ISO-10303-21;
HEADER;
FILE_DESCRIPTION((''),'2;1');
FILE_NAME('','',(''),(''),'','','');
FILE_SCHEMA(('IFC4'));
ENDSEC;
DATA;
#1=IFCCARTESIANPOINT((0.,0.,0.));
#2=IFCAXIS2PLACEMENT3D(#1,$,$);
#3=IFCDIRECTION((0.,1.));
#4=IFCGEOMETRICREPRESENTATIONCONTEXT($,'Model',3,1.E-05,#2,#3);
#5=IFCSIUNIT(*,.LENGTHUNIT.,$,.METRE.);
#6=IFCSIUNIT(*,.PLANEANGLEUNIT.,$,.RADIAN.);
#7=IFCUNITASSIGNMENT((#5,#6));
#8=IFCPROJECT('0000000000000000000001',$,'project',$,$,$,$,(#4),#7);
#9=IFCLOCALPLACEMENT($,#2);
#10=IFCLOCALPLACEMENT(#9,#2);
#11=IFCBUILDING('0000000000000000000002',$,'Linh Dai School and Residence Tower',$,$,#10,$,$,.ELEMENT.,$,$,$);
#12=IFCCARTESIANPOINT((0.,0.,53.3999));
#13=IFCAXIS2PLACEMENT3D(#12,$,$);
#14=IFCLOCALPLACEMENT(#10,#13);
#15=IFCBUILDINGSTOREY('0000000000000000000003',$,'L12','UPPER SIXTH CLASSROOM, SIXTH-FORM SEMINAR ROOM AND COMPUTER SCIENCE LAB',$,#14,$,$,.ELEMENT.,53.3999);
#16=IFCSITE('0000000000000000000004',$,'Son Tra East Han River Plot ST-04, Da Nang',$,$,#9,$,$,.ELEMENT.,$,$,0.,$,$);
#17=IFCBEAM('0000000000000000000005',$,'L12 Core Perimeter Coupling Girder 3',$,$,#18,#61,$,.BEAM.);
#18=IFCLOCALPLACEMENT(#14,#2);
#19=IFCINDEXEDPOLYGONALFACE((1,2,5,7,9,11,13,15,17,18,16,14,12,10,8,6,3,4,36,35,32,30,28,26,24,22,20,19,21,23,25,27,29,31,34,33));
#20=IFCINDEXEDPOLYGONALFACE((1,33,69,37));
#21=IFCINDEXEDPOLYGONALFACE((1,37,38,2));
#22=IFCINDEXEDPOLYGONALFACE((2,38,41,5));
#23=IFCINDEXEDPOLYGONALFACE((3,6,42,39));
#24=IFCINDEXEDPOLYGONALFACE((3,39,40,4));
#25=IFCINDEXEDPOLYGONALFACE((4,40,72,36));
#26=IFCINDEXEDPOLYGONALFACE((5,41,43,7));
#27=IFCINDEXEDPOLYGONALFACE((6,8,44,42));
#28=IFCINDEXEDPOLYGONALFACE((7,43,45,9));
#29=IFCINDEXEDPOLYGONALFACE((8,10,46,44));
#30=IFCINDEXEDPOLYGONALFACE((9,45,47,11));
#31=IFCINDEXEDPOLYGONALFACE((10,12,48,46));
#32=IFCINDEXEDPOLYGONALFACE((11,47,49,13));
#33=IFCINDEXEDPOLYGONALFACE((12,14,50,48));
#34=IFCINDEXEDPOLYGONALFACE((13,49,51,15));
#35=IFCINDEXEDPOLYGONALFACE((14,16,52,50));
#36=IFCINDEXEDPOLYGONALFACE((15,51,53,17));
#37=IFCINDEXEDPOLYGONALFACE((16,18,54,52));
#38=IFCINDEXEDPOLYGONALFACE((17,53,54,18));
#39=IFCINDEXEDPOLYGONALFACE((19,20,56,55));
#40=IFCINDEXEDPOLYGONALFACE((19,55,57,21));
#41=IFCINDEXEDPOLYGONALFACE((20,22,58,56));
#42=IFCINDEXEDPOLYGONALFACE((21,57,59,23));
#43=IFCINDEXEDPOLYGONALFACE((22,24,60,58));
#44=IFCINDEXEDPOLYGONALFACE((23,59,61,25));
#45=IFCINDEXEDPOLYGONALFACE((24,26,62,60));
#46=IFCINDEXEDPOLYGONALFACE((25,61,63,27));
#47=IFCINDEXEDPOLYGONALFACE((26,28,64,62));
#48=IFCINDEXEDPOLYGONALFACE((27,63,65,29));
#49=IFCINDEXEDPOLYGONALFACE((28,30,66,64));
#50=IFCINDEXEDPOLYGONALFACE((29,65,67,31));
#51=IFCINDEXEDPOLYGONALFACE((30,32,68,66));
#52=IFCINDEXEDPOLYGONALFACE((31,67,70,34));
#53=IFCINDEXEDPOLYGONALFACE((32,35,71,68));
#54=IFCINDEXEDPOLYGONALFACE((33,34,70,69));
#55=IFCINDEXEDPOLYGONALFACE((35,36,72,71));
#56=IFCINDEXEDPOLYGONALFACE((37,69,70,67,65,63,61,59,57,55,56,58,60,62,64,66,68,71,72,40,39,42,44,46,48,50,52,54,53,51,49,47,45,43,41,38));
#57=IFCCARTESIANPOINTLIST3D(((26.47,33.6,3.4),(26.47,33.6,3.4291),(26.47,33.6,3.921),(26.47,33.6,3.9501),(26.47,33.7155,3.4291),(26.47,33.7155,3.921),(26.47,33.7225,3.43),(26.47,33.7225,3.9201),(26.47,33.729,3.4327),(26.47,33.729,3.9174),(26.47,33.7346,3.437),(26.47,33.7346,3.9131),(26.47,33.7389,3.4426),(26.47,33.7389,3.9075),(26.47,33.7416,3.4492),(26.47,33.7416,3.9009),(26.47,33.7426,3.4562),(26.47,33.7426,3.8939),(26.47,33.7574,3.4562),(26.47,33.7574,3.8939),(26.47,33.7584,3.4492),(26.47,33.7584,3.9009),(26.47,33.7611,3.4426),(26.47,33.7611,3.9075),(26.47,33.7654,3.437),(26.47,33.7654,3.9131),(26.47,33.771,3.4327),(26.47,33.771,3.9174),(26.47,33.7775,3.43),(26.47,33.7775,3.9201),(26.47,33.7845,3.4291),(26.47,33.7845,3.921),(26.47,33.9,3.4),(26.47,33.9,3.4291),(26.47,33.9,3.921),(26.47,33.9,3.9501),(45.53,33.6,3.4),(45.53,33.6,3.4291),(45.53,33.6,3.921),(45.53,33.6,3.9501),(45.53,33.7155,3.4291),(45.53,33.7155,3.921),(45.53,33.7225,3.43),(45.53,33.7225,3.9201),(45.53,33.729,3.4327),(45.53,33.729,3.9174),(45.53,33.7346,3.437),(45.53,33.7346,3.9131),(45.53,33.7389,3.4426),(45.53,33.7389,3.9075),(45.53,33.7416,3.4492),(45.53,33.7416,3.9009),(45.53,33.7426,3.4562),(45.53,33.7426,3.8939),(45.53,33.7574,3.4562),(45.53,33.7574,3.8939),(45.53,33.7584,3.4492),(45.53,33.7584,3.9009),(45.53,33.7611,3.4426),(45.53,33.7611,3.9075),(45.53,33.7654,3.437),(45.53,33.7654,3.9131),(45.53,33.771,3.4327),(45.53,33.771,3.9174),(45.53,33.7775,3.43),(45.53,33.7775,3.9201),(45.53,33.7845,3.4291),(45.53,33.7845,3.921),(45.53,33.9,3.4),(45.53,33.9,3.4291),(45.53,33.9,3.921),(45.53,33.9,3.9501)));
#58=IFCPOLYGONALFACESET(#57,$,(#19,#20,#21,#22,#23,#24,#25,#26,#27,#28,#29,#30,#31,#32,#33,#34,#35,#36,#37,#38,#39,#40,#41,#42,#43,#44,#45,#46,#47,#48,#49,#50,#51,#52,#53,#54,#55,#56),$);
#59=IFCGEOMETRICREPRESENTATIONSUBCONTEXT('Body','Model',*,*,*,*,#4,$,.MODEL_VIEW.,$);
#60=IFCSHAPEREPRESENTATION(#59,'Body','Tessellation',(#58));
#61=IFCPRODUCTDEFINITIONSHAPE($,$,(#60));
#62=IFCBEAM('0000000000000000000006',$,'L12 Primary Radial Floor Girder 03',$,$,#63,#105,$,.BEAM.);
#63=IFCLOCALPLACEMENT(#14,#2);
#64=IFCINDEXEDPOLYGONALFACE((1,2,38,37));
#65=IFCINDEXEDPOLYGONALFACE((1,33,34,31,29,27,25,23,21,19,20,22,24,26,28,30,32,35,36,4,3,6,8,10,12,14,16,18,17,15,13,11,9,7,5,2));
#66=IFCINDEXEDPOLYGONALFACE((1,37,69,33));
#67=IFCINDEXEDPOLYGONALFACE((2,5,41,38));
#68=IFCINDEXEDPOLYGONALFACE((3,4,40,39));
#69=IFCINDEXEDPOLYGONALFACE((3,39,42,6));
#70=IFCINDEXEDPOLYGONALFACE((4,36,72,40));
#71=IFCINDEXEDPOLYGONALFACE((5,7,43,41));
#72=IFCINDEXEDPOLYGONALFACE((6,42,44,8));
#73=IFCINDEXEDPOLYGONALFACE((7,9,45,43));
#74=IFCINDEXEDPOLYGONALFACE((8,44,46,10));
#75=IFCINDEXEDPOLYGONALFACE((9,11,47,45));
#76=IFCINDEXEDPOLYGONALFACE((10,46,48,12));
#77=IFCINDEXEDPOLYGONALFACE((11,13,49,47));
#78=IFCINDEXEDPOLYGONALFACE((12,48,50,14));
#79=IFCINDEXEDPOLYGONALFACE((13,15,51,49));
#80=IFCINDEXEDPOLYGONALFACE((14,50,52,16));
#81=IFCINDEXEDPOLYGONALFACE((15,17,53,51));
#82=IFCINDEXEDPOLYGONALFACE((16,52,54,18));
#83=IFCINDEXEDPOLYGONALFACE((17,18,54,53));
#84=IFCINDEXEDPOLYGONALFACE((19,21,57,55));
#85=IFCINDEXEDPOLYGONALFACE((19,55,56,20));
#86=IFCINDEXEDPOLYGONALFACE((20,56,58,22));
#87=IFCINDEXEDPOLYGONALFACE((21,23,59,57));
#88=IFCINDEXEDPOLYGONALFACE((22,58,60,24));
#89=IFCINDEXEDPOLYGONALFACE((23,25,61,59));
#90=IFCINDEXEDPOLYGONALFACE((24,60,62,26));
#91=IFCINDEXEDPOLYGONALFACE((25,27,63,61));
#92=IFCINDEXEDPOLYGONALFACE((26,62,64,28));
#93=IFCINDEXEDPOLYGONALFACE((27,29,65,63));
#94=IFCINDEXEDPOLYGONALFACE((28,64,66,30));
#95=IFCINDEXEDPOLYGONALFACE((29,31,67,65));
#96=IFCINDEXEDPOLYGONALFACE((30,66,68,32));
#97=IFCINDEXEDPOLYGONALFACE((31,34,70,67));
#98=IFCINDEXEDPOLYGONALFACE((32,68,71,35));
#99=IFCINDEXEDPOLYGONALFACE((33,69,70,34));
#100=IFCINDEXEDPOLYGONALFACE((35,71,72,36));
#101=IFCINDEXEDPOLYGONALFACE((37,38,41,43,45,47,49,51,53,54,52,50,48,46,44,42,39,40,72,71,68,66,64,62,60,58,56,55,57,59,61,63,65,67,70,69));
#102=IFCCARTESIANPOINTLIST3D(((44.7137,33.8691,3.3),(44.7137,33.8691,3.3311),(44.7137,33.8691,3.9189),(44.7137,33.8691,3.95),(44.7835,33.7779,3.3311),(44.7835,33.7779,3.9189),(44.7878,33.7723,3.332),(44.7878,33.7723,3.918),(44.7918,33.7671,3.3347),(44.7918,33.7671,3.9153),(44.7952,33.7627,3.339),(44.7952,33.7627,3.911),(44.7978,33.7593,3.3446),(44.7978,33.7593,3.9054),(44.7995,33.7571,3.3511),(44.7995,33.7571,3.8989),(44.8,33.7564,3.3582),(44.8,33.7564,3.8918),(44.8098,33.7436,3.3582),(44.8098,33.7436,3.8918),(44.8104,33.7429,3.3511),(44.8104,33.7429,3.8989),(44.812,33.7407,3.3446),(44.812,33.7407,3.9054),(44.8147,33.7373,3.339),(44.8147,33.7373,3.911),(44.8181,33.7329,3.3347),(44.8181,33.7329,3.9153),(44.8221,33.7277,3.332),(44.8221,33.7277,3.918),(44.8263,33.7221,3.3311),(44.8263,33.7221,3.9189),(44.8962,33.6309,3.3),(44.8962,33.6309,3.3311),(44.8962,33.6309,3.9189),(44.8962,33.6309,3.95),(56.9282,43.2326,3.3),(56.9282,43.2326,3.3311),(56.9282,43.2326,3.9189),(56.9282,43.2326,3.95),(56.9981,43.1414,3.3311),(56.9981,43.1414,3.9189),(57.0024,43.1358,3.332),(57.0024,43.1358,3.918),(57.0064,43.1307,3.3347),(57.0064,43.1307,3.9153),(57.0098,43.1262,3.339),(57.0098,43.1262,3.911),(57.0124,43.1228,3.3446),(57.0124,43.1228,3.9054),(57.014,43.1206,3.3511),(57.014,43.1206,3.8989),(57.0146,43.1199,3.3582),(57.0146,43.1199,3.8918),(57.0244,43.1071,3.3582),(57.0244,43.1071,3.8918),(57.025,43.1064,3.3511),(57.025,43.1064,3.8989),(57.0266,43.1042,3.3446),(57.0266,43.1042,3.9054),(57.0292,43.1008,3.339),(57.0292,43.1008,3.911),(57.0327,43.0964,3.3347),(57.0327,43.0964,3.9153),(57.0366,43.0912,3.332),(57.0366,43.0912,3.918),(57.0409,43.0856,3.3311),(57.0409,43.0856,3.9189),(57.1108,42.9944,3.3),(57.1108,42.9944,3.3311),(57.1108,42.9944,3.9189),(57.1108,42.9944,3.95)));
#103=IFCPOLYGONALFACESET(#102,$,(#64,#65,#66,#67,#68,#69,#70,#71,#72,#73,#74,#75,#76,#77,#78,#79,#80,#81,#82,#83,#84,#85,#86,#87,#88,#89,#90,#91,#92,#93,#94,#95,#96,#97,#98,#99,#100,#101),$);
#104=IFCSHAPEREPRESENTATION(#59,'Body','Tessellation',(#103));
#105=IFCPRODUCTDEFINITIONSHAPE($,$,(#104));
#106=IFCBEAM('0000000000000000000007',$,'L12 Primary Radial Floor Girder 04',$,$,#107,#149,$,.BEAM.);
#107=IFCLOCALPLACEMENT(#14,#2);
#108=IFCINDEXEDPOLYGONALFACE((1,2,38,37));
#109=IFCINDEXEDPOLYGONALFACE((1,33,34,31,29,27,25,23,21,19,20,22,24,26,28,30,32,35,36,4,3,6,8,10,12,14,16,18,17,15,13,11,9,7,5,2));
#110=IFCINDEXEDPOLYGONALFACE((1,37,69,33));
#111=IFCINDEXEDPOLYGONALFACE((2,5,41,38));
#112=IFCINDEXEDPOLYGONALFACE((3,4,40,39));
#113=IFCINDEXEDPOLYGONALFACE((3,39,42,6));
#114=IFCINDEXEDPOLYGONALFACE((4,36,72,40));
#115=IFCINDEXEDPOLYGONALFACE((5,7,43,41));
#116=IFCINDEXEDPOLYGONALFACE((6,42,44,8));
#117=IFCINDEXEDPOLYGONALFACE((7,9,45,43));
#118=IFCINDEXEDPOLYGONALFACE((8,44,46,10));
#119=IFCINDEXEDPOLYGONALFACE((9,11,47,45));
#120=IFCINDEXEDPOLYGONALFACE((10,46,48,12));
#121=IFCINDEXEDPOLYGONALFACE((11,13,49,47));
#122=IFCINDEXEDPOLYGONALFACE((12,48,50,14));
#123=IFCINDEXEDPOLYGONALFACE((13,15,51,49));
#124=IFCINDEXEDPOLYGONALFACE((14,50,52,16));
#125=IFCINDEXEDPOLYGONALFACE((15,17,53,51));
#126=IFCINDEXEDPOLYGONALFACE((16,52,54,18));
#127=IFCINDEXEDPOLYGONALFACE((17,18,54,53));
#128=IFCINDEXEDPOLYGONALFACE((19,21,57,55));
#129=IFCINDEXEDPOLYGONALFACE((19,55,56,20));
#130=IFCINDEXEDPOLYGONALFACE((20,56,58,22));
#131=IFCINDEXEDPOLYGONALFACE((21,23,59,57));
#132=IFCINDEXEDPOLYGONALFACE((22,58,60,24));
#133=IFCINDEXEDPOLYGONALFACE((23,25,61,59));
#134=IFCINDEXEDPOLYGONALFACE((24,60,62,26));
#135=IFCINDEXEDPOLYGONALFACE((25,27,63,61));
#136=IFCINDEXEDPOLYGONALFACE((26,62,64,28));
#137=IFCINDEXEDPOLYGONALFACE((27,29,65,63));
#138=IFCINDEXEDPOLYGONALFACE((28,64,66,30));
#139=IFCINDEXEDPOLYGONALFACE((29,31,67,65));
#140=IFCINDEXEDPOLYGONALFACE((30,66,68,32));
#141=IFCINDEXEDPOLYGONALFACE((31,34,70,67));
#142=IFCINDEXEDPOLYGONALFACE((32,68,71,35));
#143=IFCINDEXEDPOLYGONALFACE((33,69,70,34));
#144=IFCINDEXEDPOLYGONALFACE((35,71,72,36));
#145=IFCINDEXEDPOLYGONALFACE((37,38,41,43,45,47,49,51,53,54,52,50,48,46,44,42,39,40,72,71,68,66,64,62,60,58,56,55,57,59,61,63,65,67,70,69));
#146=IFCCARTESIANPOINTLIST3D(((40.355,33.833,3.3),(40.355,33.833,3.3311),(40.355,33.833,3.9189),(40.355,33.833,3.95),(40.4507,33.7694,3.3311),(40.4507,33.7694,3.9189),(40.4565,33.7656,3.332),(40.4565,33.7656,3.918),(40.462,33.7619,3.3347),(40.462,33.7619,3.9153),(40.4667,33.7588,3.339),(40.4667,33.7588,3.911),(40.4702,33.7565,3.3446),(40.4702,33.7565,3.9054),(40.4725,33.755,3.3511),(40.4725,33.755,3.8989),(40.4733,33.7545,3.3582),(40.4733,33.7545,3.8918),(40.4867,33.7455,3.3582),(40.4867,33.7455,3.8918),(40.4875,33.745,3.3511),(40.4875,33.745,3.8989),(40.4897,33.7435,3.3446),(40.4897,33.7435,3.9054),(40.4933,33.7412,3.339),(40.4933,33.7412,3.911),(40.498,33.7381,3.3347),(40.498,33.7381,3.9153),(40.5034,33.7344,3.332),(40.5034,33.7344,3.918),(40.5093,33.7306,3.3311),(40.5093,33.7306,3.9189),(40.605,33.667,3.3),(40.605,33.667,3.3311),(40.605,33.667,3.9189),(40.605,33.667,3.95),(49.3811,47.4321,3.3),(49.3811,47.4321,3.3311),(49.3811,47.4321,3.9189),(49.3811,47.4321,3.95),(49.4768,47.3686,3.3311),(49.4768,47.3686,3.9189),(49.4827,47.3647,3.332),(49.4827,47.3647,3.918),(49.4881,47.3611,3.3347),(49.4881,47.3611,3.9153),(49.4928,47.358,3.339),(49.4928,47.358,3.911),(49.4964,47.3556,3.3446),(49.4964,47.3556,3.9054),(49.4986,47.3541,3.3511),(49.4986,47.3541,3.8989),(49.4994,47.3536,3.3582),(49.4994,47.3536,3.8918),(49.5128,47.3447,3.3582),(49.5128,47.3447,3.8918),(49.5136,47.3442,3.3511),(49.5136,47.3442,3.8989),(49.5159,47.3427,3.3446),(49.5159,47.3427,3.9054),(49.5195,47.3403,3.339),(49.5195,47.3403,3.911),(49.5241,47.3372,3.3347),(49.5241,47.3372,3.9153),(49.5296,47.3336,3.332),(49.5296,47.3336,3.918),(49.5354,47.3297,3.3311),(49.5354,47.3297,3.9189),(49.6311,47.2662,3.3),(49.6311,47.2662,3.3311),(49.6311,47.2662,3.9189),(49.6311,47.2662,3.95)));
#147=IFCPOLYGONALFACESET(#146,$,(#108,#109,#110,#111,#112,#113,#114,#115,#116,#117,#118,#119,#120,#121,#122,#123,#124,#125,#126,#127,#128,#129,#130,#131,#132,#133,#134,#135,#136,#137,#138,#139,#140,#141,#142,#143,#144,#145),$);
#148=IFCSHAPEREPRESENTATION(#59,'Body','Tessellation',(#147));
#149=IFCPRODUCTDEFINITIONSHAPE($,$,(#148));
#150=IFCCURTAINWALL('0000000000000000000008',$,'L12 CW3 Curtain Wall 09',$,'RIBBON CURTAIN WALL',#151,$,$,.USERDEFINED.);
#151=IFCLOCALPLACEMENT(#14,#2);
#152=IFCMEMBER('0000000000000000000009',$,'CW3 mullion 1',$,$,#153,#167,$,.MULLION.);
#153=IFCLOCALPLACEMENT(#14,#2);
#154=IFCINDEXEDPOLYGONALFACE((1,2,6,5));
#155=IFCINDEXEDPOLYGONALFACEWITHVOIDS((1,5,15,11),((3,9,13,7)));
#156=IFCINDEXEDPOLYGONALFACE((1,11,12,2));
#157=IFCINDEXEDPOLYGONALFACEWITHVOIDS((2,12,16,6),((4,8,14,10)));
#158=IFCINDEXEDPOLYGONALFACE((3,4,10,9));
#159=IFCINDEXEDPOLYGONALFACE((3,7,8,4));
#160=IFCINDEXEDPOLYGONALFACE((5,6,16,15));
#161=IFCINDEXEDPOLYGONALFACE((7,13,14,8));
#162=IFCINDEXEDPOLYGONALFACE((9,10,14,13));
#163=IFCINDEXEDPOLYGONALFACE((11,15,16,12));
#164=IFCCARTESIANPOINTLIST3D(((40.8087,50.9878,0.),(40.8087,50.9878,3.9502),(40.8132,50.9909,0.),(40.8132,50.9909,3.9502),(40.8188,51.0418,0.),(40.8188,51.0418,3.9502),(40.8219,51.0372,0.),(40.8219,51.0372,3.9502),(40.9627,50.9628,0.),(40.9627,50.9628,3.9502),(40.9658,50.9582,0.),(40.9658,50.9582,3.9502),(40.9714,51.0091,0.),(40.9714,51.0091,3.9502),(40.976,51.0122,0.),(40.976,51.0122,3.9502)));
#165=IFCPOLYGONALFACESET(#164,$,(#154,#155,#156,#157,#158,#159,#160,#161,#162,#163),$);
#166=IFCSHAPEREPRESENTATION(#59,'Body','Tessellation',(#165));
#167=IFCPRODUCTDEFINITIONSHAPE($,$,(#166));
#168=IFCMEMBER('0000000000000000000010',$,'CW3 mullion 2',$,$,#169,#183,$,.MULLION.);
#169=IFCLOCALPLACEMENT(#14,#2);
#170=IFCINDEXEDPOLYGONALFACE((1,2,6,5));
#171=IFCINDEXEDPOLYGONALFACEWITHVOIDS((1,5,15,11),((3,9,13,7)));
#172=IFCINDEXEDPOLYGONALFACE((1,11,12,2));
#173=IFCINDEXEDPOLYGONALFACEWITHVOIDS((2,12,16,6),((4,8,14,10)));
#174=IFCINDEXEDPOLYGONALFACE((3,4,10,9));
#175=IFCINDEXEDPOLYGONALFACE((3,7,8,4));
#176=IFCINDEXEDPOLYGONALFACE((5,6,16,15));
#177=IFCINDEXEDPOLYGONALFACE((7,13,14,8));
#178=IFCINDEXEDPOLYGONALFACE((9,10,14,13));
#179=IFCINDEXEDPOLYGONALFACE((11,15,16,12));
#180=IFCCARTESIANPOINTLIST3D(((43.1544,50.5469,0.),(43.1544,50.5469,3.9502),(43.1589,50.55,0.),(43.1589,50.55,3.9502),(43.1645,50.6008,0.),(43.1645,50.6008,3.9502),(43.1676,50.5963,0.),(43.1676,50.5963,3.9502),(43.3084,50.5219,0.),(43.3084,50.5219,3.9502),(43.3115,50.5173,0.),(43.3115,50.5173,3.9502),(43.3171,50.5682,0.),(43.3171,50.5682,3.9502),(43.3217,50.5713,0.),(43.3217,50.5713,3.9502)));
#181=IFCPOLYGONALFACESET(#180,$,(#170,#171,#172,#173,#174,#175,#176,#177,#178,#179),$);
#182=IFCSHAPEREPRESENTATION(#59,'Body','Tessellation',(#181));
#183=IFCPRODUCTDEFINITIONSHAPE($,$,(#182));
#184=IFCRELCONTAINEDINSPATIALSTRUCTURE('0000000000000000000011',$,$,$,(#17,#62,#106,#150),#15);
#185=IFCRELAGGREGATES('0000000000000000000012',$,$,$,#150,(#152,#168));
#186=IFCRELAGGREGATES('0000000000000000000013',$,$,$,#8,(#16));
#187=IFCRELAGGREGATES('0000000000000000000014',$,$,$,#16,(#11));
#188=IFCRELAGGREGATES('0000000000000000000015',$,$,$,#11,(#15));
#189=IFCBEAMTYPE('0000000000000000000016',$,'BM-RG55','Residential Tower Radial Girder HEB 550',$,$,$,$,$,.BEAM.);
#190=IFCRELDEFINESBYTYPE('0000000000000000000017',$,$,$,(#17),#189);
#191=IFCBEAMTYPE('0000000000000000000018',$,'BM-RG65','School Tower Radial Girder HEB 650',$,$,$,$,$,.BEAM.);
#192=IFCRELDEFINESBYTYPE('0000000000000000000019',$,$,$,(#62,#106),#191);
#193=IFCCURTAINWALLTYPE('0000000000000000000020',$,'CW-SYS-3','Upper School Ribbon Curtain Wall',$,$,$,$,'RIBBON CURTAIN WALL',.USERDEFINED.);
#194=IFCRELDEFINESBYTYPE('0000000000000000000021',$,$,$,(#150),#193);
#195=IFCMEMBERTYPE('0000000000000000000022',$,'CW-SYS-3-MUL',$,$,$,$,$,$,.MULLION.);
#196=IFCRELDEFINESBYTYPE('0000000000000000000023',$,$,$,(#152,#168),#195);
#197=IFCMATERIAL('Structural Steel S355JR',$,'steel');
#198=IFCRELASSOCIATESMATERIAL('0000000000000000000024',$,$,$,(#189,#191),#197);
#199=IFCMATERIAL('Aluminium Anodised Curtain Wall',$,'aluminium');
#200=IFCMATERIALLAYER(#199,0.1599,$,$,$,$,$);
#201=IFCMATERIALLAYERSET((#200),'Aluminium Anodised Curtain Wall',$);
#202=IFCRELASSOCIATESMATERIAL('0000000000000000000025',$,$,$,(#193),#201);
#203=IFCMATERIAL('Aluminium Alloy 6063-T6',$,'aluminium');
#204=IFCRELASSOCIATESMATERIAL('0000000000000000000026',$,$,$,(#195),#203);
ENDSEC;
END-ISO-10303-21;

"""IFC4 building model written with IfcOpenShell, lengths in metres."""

from ifc_helpers import new_model, si_unit, direction, frame, origin, origin_2d, place, context, subcontext, project, spatial, hollow_rectangle, i_section, extrude, source, transform, mapped, material, layer, layer_set, material_profile, profile_set, type_object, element, aggregate, save


model = new_model("IFC4")

# Units and contexts
model_context = context("Model", 3, precision=1e-05, world=origin(), true_north=direction((0.0, 1.0)))
body_context = subcontext(model_context, "Body", "Model", "MODEL_VIEW")
ifc_project = project(units=[si_unit("LENGTHUNIT", "METRE"), si_unit("PLANEANGLEUNIT", "RADIAN")], contexts=[model_context])

# Site, building, storey
site_placement = place(None, origin())
site = spatial("IfcSite", under=ifc_project, at=site_placement, Name="Son Tra East Han River Plot ST-04, Da Nang", CompositionType="ELEMENT", RefElevation=0.0)
building_placement = place(site_placement, origin())
building = spatial("IfcBuilding", under=site, at=building_placement, Name="Linh Dai School and Residence Tower", CompositionType="ELEMENT")
storey_placement = place(building_placement, frame((0.0, 0.0, 53.3999)))
storey = spatial("IfcBuildingStorey", under=building, at=storey_placement, Name="L12", Description="UPPER SIXTH CLASSROOM, SIXTH-FORM SEMINAR ROOM AND COMPUTER SCIENCE LAB", CompositionType="ELEMENT", Elevation=53.3999)

# Beams
ifc_material_1 = material(Name="Structural Steel S355JR", Category="steel")
ifc_material_profile_1 = material_profile(ifc_material_1, i_section(OverallWidth=0.3, OverallDepth=0.55, WebThickness=0.0149, FlangeThickness=0.0291, FilletRadius=0.0271, at=origin_2d()), Name="HEB 550")
ifc_profile_set_1 = profile_set([ifc_material_profile_1], Name="Structural Steel S355JR")
beam_type_1 = type_object("IfcBeamType", Name="BM-RG55", Description="Residential Tower Radial Girder HEB 550", PredefinedType="BEAM", material=ifc_profile_set_1)
beam_1_placement = place(storey_placement, frame((45.53, 33.75, 3.675), z_axis=(-1.0, 0.0, 0.0), x_axis=(0.0, -1.0, 0.0)))
element("IfcBeam", 1, at=beam_1_placement, inside=storey, type_object=beam_type_1, Name="L12 Core Perimeter Coupling Girder 3", PredefinedType="BEAM", context=body_context, shape_type="SweptSolid", body=[
    extrude(i_section(OverallWidth=0.3, OverallDepth=0.55, WebThickness=0.0149, FlangeThickness=0.0291, FilletRadius=0.0271, at=origin_2d()), origin(), (0.0, 0.0, 1.0), 19.0601),
])
ifc_material_profile_2 = material_profile(ifc_material_1, i_section(OverallWidth=0.3, OverallDepth=0.6499, WebThickness=0.0161, FlangeThickness=0.031, FilletRadius=0.0271, at=origin_2d()), Name="HEB 650")
ifc_profile_set_2 = profile_set([ifc_material_profile_2], Name="Structural Steel S355JR")
beam_type_2 = type_object("IfcBeamType", Name="BM-RG65", Description="School Tower Radial Girder HEB 650", PredefinedType="BEAM", material=ifc_profile_set_2)
beam_2_placement = place(storey_placement, frame((44.8049, 33.75, 3.625), z_axis=(0.793638, 0.608391, 0.0), x_axis=(-0.608391, 0.793638, 0.0)))
element("IfcBeam", 2, at=beam_2_placement, inside=storey, type_object=beam_type_2, Name="L12 Primary Radial Floor Girder 03", PredefinedType="BEAM", context=body_context, shape_type="SweptSolid", body=[
    extrude(i_section(OverallWidth=0.3, OverallDepth=0.6499, WebThickness=0.0161, FlangeThickness=0.031, FilletRadius=0.0271, at=origin_2d()), origin(), (0.0, 0.0, 1.0), 15.3906),
])
beam_3_placement = place(storey_placement, frame((40.48, 33.75, 3.625), z_axis=(0.553004, 0.833178, 0.0), x_axis=(-0.833178, 0.553004, 0.0)))
element("IfcBeam", 3, at=beam_3_placement, inside=storey, type_object=beam_type_2, Name="L12 Primary Radial Floor Girder 04", PredefinedType="BEAM", context=body_context, shape_type="SweptSolid", body=[
    extrude(i_section(OverallWidth=0.3, OverallDepth=0.6499, WebThickness=0.0161, FlangeThickness=0.031, FilletRadius=0.0271, at=origin_2d()), origin(), (0.0, 0.0, 1.0), 16.322),
])

# Curtain wall, members
ifc_material_2 = material(Name="Aluminium Anodised Curtain Wall", Category="aluminium")
ifc_layer_1 = layer(ifc_material_2, 0.1599)
ifc_layer_set_1 = layer_set([ifc_layer_1], Name="Aluminium Anodised Curtain Wall")
curtain_wall_type = type_object("IfcCurtainWallType", Name="CW-SYS-3", Description="Upper School Ribbon Curtain Wall", ElementType="RIBBON CURTAIN WALL", PredefinedType="USERDEFINED", material=ifc_layer_set_1)
curtain_wall_placement = place(storey_placement, origin())
curtain_wall = element("IfcCurtainWall", 4, at=curtain_wall_placement, inside=storey, type_object=curtain_wall_type, Name="L12 CW3 Curtain Wall 09", ObjectType="RIBBON CURTAIN WALL", PredefinedType="USERDEFINED")
ifc_material_3 = material(Name="Aluminium Alloy 6063-T6", Category="aluminium")
ifc_material_profile_3 = material_profile(ifc_material_3, hollow_rectangle(XDim=0.0549, YDim=0.1599, WallThickness=0.0039, at=origin_2d()), Name="RHS 160x55x4")
ifc_profile_set_3 = profile_set([ifc_material_profile_3], Name="Aluminium Alloy 6063-T6")
member_type_1 = type_object("IfcMemberType", Name="CW-SYS-3-MUL", PredefinedType="MULLION", material=ifc_profile_set_3)
shared_shape_1 = source(origin(), body_context, "Body", "SweptSolid", [
    extrude(hollow_rectangle(XDim=0.0549, YDim=0.1599, WallThickness=0.0039, at=origin_2d()), origin(), (0.0, 0.0, 1.0), 3.9502),
])
member_1_placement = place(storey_placement, frame((40.8923, 51.0, 0.0), z_axis=(0.0, 0.0, 1.0), x_axis=(0.184748, 0.982786, 0.0)))
member_1 = element("IfcMember", 5, at=member_1_placement, type_object=member_type_1, Name="CW3 mullion 1", PredefinedType="MULLION", context=body_context, shape_type="MappedRepresentation", body=[
    mapped(shared_shape_1, transform((0.0, 0.0, 0.0), x_axis=(1.0, 0.0, 0.0), y_axis=(0.0, 1.0, 0.0), z_axis=(0.0, 0.0, 1.0), scale=1.0)),
])
member_2_placement = place(storey_placement, frame((43.238, 50.5591, 0.0), z_axis=(0.0, 0.0, 1.0), x_axis=(0.184748, 0.982786, 0.0)))
member_2 = element("IfcMember", 6, at=member_2_placement, type_object=member_type_1, Name="CW3 mullion 2", PredefinedType="MULLION", context=body_context, shape_type="MappedRepresentation", body=[
    mapped(shared_shape_1, transform((0.0, 0.0, 0.0), x_axis=(1.0, 0.0, 0.0), y_axis=(0.0, 1.0, 0.0), z_axis=(0.0, 0.0, 1.0), scale=1.0)),
])

aggregate(curtain_wall, [member_1, member_2])

save(model, "model.ifc")
